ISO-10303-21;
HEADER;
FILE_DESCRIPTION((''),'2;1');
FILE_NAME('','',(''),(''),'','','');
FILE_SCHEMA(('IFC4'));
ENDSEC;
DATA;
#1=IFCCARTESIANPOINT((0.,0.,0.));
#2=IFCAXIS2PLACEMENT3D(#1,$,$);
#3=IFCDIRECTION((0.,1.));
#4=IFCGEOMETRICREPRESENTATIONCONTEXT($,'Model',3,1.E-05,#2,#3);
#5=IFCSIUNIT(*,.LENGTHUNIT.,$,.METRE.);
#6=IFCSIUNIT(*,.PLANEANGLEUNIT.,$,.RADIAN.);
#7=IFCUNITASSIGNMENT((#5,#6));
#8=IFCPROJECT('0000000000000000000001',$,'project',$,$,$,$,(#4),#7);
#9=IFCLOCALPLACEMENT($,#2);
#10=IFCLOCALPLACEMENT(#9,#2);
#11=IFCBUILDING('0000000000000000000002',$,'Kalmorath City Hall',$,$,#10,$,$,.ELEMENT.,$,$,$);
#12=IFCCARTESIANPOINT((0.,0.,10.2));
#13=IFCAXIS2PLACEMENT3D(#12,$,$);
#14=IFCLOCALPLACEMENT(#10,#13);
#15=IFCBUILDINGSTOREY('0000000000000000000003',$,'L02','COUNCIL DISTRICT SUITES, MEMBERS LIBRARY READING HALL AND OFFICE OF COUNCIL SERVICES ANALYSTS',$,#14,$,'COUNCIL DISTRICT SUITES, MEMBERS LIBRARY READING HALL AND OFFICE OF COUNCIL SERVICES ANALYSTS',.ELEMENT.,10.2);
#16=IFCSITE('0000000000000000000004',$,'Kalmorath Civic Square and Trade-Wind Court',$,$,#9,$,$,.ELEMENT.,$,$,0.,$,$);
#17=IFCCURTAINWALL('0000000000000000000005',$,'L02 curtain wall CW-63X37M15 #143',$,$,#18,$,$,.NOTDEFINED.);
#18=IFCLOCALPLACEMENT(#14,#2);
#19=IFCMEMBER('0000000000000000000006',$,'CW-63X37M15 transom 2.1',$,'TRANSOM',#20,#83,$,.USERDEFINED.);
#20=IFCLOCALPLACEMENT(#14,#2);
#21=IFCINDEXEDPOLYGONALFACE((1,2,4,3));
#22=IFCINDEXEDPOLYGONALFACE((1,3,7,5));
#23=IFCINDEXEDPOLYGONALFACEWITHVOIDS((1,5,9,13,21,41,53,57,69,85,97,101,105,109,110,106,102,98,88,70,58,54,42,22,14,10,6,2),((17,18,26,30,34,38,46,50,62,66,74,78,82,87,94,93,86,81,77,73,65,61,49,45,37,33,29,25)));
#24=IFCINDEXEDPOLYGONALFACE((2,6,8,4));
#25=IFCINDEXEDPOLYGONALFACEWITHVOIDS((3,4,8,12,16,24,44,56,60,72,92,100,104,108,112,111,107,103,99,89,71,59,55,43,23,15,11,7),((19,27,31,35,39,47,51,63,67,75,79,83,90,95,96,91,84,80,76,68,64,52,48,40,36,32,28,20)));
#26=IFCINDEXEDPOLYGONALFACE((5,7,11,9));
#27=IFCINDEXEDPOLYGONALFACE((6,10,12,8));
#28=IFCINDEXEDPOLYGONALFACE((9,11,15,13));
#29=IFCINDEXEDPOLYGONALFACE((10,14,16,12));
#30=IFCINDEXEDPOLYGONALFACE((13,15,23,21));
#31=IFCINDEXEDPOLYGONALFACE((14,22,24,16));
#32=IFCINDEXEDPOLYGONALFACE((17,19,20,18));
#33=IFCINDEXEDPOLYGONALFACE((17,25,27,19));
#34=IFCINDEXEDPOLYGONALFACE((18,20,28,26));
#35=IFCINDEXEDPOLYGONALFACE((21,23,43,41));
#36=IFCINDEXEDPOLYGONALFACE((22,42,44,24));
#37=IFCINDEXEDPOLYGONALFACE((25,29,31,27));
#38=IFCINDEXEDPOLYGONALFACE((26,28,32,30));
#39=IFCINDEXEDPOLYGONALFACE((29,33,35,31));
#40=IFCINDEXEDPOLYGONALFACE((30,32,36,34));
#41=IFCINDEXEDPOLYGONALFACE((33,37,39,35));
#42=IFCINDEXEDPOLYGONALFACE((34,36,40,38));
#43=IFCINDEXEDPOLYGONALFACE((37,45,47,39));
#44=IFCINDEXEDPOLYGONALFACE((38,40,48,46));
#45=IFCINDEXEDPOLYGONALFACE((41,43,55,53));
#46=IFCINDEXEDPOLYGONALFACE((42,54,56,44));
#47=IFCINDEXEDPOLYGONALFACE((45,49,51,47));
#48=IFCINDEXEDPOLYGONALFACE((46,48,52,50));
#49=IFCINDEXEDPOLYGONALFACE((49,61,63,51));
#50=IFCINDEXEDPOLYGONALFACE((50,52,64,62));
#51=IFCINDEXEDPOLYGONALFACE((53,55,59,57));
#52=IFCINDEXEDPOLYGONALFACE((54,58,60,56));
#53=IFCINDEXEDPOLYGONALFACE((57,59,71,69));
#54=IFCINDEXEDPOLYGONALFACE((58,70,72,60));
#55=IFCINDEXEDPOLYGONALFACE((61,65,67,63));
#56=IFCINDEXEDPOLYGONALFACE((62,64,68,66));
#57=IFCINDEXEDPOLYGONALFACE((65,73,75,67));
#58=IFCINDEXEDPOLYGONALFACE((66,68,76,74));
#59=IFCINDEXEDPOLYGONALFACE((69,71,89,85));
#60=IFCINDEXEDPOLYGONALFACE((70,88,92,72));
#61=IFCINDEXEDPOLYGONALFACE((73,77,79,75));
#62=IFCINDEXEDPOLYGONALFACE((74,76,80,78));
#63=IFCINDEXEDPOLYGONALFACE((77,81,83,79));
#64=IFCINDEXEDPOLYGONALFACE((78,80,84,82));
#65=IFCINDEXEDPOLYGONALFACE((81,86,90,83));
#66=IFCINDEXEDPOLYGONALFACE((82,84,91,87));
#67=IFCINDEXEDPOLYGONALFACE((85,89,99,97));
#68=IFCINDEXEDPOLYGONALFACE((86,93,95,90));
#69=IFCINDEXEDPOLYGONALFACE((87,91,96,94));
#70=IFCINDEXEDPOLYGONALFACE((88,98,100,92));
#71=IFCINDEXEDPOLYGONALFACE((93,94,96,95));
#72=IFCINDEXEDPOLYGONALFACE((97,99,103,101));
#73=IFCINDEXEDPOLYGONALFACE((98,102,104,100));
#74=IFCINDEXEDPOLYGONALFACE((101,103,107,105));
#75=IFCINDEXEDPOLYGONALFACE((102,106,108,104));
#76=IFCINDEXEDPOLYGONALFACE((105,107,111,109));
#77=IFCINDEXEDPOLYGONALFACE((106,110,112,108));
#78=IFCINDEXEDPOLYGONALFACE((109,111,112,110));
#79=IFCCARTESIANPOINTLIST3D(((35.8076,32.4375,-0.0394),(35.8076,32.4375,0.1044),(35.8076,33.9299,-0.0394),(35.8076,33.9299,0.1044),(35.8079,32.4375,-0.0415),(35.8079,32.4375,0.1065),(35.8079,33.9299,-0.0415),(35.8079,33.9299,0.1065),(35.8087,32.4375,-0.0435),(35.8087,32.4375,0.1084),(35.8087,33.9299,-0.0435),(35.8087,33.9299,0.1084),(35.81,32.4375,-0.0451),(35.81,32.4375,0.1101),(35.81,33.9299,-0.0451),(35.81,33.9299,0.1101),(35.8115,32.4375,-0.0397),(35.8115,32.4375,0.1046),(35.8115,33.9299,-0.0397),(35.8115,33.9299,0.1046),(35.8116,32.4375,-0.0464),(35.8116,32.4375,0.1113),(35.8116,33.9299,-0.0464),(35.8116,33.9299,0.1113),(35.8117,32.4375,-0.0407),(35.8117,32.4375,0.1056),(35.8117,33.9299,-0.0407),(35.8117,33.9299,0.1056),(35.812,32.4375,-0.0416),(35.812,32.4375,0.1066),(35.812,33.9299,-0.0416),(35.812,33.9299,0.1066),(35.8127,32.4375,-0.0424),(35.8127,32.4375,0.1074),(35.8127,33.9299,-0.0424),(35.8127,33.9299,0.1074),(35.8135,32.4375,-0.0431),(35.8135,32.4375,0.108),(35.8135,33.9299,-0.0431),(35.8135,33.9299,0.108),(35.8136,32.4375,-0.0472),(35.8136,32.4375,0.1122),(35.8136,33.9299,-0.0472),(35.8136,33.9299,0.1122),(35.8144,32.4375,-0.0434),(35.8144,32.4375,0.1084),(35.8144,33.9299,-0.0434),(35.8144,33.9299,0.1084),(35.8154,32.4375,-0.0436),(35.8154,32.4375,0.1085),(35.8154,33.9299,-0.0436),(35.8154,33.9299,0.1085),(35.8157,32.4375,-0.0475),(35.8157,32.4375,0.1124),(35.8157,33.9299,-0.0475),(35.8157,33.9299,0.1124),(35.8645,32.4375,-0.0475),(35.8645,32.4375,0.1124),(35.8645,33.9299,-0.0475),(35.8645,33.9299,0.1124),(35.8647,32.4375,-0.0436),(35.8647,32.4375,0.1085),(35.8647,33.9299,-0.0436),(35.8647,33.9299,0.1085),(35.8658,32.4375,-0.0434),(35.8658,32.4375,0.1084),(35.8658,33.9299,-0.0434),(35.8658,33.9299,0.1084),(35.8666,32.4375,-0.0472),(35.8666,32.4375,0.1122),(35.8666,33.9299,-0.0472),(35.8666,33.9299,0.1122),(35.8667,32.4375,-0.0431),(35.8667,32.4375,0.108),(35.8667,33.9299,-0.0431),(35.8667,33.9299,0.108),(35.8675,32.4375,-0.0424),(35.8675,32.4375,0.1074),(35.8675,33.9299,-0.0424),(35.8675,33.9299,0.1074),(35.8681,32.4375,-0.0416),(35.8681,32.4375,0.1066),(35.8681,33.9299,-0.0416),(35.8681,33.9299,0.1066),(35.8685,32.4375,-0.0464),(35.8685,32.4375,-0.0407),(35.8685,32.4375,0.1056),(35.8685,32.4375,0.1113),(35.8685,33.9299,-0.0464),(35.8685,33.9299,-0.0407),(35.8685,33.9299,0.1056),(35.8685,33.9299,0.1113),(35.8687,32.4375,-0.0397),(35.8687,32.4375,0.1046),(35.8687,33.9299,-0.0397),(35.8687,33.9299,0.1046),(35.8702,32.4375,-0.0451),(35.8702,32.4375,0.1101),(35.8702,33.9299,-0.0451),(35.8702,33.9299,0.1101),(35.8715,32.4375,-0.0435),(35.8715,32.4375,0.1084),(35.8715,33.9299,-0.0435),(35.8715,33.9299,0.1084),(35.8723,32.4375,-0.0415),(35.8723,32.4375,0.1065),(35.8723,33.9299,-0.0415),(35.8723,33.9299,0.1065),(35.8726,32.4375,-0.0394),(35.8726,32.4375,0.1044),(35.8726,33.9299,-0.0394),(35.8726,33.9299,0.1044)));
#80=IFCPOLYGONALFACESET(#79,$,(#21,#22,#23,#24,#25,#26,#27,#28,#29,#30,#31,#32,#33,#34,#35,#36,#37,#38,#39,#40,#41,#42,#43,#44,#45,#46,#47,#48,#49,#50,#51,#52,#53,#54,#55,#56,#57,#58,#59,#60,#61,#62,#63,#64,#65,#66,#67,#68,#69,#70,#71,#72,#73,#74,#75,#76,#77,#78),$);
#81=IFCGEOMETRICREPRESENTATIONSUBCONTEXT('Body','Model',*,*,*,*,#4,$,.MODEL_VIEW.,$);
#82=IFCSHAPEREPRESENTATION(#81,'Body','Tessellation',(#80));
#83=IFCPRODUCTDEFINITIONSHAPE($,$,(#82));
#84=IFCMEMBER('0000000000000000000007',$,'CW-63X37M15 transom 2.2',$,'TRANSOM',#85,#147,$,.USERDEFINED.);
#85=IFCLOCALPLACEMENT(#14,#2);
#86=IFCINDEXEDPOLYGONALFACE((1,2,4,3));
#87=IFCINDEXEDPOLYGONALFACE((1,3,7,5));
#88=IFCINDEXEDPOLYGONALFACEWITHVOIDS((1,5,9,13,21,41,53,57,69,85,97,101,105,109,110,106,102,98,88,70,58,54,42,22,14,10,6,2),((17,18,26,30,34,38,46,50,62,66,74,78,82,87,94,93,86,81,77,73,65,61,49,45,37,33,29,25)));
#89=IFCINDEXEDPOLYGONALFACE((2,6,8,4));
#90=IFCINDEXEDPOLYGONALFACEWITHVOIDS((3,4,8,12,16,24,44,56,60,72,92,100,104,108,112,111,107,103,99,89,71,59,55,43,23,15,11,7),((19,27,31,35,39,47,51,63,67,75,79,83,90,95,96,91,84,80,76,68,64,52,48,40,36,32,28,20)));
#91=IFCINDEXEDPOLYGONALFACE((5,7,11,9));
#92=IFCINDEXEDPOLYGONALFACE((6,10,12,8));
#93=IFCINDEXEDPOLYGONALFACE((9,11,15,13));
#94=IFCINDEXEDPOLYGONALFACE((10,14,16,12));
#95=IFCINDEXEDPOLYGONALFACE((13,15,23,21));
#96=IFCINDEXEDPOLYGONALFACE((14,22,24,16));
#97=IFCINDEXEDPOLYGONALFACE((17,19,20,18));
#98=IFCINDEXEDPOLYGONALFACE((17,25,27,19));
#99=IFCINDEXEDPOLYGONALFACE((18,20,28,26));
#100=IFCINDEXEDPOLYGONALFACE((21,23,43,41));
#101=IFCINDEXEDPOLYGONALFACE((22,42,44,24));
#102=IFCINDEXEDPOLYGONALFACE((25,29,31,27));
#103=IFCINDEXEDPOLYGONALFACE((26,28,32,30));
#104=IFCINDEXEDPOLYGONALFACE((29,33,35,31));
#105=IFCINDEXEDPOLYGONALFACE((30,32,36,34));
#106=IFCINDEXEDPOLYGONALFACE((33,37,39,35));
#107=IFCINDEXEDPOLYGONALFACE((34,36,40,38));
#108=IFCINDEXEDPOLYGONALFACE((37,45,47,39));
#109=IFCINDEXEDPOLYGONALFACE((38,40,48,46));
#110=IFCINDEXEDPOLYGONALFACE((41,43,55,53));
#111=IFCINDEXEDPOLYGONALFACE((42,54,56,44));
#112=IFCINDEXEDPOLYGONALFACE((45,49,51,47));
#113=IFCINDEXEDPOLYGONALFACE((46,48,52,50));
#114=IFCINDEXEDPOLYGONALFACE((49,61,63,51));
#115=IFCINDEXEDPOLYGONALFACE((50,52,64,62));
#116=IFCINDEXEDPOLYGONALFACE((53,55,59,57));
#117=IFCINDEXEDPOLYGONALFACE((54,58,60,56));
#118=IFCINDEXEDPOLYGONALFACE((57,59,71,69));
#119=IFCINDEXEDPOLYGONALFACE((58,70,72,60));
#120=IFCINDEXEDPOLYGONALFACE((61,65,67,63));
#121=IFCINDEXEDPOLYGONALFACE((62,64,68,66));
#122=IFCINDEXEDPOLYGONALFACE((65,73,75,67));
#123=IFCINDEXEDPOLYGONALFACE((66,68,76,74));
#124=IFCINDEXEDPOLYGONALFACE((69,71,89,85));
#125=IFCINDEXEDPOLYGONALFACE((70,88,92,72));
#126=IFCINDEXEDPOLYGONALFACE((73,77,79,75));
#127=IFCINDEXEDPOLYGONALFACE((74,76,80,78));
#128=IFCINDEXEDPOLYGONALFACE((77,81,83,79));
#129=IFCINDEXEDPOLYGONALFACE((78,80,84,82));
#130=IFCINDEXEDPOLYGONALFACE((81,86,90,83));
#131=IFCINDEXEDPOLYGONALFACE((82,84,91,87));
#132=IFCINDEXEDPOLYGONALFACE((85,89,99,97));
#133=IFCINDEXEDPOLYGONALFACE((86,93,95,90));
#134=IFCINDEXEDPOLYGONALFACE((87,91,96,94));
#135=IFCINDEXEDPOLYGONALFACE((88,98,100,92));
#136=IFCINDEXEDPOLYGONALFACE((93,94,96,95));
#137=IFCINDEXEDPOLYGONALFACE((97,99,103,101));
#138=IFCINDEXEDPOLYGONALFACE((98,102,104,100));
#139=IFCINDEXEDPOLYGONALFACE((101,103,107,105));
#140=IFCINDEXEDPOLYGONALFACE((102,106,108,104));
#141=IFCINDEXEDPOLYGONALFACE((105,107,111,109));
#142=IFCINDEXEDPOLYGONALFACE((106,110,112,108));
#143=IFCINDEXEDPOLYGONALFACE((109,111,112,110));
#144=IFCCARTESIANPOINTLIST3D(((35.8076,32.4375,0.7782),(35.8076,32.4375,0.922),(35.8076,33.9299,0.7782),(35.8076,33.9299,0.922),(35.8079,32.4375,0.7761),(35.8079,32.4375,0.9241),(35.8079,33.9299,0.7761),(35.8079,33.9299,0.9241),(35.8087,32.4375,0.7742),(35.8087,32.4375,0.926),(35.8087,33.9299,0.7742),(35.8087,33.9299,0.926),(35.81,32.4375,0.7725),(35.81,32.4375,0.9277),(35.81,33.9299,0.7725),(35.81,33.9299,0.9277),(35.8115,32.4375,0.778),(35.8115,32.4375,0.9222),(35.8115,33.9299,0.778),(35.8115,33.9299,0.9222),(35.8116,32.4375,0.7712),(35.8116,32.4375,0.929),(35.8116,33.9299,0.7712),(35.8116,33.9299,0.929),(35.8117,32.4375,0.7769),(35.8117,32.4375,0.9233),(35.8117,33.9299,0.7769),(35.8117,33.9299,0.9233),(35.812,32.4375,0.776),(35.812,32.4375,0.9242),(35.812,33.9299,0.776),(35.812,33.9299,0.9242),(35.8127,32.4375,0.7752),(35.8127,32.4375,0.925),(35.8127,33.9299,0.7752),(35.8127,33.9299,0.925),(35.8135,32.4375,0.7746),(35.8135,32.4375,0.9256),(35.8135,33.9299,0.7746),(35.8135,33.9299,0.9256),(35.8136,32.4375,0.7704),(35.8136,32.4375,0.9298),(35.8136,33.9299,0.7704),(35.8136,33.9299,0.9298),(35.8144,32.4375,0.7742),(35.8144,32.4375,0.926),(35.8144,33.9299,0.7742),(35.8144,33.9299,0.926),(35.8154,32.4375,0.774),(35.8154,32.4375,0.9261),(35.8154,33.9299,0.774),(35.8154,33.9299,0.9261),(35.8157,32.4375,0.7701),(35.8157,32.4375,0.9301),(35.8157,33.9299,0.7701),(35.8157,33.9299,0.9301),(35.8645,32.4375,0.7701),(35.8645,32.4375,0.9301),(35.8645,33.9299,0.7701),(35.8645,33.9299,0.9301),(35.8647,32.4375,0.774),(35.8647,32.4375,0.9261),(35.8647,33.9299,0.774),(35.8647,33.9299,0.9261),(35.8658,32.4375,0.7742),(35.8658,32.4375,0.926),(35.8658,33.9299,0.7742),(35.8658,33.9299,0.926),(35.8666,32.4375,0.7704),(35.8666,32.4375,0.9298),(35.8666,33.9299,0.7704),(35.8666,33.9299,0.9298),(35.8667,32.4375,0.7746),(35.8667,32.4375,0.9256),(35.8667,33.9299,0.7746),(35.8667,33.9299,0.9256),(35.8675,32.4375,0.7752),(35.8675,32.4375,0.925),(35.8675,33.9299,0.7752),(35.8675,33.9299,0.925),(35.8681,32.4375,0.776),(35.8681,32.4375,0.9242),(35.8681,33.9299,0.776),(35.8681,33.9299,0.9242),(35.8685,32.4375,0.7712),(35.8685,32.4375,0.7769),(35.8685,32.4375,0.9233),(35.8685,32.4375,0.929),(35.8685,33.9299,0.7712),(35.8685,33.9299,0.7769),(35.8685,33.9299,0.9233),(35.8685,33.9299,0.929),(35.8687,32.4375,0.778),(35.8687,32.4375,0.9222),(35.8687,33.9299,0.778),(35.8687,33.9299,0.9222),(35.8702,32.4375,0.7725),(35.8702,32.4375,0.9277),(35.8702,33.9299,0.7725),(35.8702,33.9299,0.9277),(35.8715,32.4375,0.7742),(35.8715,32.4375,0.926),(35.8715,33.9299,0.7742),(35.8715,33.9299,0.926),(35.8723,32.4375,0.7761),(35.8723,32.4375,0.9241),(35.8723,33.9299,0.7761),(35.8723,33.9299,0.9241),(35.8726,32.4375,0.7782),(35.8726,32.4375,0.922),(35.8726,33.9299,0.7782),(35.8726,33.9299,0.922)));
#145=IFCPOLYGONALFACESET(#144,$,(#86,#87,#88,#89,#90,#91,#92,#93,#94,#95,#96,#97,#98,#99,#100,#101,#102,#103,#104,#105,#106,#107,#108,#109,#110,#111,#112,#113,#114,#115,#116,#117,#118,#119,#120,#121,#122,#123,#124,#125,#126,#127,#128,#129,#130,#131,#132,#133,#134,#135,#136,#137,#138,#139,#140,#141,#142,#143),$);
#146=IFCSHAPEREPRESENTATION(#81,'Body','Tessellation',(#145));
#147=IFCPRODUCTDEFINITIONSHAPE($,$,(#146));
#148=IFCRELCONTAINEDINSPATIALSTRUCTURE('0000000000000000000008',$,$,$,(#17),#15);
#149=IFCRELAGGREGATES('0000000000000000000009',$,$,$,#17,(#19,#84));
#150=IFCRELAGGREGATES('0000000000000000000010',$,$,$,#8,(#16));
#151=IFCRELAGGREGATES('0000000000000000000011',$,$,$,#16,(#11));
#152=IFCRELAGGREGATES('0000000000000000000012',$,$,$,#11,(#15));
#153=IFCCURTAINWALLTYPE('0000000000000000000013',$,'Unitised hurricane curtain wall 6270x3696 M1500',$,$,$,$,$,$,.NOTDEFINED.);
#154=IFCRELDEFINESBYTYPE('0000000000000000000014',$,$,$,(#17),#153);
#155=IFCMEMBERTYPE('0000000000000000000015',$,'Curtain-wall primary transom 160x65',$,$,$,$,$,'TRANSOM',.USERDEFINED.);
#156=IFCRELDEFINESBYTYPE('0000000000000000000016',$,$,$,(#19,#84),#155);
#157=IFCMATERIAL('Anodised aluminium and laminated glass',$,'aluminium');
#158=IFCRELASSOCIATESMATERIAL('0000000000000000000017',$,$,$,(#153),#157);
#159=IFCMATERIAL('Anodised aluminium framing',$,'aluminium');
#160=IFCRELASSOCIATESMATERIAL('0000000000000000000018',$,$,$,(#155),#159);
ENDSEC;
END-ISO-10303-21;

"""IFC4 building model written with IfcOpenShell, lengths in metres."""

from ifc_helpers import new_model, si_unit, direction, frame, origin, origin_2d, place, context, subcontext, project, spatial, hollow_rectangle, extrude, material, material_profile, profile_set, type_object, element, aggregate, save


model = new_model("IFC4")

# Units and contexts
model_context = context("Model", 3, precision=1e-05, world=origin(), true_north=direction((0.0, 1.0)))
body_context = subcontext(model_context, "Body", "Model", "MODEL_VIEW")
ifc_project = project(units=[si_unit("LENGTHUNIT", "METRE"), si_unit("PLANEANGLEUNIT", "RADIAN")], contexts=[model_context])

# Site, building, storey
site_placement = place(None, origin())
site = spatial("IfcSite", under=ifc_project, at=site_placement, Name="Kalmorath Civic Square and Trade-Wind Court", CompositionType="ELEMENT", RefElevation=0.0)
building_placement = place(site_placement, origin())
building = spatial("IfcBuilding", under=site, at=building_placement, Name="Kalmorath City Hall", CompositionType="ELEMENT")
storey_placement = place(building_placement, frame((0.0, 0.0, 10.2)))
storey = spatial("IfcBuildingStorey", under=building, at=storey_placement, Name="L02", Description="COUNCIL DISTRICT SUITES, MEMBERS LIBRARY READING HALL AND OFFICE OF COUNCIL SERVICES ANALYSTS", LongName="COUNCIL DISTRICT SUITES, MEMBERS LIBRARY READING HALL AND OFFICE OF COUNCIL SERVICES ANALYSTS", CompositionType="ELEMENT", Elevation=10.2)

# Curtain wall, members
ifc_material_1 = material(Name="Anodised aluminium and laminated glass", Category="aluminium")
curtain_wall_type = type_object("IfcCurtainWallType", Name="Unitised hurricane curtain wall 6270x3696 M1500", PredefinedType="NOTDEFINED", material=ifc_material_1)
curtain_wall_placement = place(storey_placement, origin())
curtain_wall = element("IfcCurtainWall", 1, at=curtain_wall_placement, inside=storey, type_object=curtain_wall_type, Name="L02 curtain wall CW-63X37M15 #143", PredefinedType="NOTDEFINED")
ifc_material_2 = material(Name="Anodised aluminium framing", Category="aluminium")
ifc_material_profile_1 = material_profile(ifc_material_2, hollow_rectangle(XDim=0.0649, YDim=0.1599, WallThickness=0.0039, InnerFilletRadius=0.0039, OuterFilletRadius=0.0081, at=origin_2d()), Name="ALU-TRN-160X65X4")
ifc_profile_set_1 = profile_set([ifc_material_profile_1], Name="Anodised aluminium framing")
member_type_1 = type_object("IfcMemberType", Name="Curtain-wall primary transom 160x65", ElementType="TRANSOM", PredefinedType="USERDEFINED", material=ifc_profile_set_1)
member_1_placement = place(storey_placement, frame((35.8401, 33.9299, 0.0325), z_axis=(0.0, -1.0, 0.0), x_axis=(1.0, 0.0, 0.0)))
member_1 = element("IfcMember", 2, at=member_1_placement, type_object=member_type_1, Name="CW-63X37M15 transom 2.1", ObjectType="TRANSOM", PredefinedType="USERDEFINED", context=body_context, shape_type="SweptSolid", body=[
    extrude(hollow_rectangle(XDim=0.0649, YDim=0.1599, WallThickness=0.0039, InnerFilletRadius=0.0039, OuterFilletRadius=0.0081, at=origin_2d()), origin(), (0.0, 0.0, 1.0), 1.4924),
])
member_2_placement = place(storey_placement, frame((35.8401, 33.9299, 0.8501), z_axis=(0.0, -1.0, 0.0), x_axis=(1.0, 0.0, 0.0)))
member_2 = element("IfcMember", 3, at=member_2_placement, type_object=member_type_1, Name="CW-63X37M15 transom 2.2", ObjectType="TRANSOM", PredefinedType="USERDEFINED", context=body_context, shape_type="SweptSolid", body=[
    extrude(hollow_rectangle(XDim=0.0649, YDim=0.1599, WallThickness=0.0039, InnerFilletRadius=0.0039, OuterFilletRadius=0.0081, at=origin_2d()), origin(), (0.0, 0.0, 1.0), 1.4924),
])

aggregate(curtain_wall, [member_1, member_2])

save(model, "model.ifc")
